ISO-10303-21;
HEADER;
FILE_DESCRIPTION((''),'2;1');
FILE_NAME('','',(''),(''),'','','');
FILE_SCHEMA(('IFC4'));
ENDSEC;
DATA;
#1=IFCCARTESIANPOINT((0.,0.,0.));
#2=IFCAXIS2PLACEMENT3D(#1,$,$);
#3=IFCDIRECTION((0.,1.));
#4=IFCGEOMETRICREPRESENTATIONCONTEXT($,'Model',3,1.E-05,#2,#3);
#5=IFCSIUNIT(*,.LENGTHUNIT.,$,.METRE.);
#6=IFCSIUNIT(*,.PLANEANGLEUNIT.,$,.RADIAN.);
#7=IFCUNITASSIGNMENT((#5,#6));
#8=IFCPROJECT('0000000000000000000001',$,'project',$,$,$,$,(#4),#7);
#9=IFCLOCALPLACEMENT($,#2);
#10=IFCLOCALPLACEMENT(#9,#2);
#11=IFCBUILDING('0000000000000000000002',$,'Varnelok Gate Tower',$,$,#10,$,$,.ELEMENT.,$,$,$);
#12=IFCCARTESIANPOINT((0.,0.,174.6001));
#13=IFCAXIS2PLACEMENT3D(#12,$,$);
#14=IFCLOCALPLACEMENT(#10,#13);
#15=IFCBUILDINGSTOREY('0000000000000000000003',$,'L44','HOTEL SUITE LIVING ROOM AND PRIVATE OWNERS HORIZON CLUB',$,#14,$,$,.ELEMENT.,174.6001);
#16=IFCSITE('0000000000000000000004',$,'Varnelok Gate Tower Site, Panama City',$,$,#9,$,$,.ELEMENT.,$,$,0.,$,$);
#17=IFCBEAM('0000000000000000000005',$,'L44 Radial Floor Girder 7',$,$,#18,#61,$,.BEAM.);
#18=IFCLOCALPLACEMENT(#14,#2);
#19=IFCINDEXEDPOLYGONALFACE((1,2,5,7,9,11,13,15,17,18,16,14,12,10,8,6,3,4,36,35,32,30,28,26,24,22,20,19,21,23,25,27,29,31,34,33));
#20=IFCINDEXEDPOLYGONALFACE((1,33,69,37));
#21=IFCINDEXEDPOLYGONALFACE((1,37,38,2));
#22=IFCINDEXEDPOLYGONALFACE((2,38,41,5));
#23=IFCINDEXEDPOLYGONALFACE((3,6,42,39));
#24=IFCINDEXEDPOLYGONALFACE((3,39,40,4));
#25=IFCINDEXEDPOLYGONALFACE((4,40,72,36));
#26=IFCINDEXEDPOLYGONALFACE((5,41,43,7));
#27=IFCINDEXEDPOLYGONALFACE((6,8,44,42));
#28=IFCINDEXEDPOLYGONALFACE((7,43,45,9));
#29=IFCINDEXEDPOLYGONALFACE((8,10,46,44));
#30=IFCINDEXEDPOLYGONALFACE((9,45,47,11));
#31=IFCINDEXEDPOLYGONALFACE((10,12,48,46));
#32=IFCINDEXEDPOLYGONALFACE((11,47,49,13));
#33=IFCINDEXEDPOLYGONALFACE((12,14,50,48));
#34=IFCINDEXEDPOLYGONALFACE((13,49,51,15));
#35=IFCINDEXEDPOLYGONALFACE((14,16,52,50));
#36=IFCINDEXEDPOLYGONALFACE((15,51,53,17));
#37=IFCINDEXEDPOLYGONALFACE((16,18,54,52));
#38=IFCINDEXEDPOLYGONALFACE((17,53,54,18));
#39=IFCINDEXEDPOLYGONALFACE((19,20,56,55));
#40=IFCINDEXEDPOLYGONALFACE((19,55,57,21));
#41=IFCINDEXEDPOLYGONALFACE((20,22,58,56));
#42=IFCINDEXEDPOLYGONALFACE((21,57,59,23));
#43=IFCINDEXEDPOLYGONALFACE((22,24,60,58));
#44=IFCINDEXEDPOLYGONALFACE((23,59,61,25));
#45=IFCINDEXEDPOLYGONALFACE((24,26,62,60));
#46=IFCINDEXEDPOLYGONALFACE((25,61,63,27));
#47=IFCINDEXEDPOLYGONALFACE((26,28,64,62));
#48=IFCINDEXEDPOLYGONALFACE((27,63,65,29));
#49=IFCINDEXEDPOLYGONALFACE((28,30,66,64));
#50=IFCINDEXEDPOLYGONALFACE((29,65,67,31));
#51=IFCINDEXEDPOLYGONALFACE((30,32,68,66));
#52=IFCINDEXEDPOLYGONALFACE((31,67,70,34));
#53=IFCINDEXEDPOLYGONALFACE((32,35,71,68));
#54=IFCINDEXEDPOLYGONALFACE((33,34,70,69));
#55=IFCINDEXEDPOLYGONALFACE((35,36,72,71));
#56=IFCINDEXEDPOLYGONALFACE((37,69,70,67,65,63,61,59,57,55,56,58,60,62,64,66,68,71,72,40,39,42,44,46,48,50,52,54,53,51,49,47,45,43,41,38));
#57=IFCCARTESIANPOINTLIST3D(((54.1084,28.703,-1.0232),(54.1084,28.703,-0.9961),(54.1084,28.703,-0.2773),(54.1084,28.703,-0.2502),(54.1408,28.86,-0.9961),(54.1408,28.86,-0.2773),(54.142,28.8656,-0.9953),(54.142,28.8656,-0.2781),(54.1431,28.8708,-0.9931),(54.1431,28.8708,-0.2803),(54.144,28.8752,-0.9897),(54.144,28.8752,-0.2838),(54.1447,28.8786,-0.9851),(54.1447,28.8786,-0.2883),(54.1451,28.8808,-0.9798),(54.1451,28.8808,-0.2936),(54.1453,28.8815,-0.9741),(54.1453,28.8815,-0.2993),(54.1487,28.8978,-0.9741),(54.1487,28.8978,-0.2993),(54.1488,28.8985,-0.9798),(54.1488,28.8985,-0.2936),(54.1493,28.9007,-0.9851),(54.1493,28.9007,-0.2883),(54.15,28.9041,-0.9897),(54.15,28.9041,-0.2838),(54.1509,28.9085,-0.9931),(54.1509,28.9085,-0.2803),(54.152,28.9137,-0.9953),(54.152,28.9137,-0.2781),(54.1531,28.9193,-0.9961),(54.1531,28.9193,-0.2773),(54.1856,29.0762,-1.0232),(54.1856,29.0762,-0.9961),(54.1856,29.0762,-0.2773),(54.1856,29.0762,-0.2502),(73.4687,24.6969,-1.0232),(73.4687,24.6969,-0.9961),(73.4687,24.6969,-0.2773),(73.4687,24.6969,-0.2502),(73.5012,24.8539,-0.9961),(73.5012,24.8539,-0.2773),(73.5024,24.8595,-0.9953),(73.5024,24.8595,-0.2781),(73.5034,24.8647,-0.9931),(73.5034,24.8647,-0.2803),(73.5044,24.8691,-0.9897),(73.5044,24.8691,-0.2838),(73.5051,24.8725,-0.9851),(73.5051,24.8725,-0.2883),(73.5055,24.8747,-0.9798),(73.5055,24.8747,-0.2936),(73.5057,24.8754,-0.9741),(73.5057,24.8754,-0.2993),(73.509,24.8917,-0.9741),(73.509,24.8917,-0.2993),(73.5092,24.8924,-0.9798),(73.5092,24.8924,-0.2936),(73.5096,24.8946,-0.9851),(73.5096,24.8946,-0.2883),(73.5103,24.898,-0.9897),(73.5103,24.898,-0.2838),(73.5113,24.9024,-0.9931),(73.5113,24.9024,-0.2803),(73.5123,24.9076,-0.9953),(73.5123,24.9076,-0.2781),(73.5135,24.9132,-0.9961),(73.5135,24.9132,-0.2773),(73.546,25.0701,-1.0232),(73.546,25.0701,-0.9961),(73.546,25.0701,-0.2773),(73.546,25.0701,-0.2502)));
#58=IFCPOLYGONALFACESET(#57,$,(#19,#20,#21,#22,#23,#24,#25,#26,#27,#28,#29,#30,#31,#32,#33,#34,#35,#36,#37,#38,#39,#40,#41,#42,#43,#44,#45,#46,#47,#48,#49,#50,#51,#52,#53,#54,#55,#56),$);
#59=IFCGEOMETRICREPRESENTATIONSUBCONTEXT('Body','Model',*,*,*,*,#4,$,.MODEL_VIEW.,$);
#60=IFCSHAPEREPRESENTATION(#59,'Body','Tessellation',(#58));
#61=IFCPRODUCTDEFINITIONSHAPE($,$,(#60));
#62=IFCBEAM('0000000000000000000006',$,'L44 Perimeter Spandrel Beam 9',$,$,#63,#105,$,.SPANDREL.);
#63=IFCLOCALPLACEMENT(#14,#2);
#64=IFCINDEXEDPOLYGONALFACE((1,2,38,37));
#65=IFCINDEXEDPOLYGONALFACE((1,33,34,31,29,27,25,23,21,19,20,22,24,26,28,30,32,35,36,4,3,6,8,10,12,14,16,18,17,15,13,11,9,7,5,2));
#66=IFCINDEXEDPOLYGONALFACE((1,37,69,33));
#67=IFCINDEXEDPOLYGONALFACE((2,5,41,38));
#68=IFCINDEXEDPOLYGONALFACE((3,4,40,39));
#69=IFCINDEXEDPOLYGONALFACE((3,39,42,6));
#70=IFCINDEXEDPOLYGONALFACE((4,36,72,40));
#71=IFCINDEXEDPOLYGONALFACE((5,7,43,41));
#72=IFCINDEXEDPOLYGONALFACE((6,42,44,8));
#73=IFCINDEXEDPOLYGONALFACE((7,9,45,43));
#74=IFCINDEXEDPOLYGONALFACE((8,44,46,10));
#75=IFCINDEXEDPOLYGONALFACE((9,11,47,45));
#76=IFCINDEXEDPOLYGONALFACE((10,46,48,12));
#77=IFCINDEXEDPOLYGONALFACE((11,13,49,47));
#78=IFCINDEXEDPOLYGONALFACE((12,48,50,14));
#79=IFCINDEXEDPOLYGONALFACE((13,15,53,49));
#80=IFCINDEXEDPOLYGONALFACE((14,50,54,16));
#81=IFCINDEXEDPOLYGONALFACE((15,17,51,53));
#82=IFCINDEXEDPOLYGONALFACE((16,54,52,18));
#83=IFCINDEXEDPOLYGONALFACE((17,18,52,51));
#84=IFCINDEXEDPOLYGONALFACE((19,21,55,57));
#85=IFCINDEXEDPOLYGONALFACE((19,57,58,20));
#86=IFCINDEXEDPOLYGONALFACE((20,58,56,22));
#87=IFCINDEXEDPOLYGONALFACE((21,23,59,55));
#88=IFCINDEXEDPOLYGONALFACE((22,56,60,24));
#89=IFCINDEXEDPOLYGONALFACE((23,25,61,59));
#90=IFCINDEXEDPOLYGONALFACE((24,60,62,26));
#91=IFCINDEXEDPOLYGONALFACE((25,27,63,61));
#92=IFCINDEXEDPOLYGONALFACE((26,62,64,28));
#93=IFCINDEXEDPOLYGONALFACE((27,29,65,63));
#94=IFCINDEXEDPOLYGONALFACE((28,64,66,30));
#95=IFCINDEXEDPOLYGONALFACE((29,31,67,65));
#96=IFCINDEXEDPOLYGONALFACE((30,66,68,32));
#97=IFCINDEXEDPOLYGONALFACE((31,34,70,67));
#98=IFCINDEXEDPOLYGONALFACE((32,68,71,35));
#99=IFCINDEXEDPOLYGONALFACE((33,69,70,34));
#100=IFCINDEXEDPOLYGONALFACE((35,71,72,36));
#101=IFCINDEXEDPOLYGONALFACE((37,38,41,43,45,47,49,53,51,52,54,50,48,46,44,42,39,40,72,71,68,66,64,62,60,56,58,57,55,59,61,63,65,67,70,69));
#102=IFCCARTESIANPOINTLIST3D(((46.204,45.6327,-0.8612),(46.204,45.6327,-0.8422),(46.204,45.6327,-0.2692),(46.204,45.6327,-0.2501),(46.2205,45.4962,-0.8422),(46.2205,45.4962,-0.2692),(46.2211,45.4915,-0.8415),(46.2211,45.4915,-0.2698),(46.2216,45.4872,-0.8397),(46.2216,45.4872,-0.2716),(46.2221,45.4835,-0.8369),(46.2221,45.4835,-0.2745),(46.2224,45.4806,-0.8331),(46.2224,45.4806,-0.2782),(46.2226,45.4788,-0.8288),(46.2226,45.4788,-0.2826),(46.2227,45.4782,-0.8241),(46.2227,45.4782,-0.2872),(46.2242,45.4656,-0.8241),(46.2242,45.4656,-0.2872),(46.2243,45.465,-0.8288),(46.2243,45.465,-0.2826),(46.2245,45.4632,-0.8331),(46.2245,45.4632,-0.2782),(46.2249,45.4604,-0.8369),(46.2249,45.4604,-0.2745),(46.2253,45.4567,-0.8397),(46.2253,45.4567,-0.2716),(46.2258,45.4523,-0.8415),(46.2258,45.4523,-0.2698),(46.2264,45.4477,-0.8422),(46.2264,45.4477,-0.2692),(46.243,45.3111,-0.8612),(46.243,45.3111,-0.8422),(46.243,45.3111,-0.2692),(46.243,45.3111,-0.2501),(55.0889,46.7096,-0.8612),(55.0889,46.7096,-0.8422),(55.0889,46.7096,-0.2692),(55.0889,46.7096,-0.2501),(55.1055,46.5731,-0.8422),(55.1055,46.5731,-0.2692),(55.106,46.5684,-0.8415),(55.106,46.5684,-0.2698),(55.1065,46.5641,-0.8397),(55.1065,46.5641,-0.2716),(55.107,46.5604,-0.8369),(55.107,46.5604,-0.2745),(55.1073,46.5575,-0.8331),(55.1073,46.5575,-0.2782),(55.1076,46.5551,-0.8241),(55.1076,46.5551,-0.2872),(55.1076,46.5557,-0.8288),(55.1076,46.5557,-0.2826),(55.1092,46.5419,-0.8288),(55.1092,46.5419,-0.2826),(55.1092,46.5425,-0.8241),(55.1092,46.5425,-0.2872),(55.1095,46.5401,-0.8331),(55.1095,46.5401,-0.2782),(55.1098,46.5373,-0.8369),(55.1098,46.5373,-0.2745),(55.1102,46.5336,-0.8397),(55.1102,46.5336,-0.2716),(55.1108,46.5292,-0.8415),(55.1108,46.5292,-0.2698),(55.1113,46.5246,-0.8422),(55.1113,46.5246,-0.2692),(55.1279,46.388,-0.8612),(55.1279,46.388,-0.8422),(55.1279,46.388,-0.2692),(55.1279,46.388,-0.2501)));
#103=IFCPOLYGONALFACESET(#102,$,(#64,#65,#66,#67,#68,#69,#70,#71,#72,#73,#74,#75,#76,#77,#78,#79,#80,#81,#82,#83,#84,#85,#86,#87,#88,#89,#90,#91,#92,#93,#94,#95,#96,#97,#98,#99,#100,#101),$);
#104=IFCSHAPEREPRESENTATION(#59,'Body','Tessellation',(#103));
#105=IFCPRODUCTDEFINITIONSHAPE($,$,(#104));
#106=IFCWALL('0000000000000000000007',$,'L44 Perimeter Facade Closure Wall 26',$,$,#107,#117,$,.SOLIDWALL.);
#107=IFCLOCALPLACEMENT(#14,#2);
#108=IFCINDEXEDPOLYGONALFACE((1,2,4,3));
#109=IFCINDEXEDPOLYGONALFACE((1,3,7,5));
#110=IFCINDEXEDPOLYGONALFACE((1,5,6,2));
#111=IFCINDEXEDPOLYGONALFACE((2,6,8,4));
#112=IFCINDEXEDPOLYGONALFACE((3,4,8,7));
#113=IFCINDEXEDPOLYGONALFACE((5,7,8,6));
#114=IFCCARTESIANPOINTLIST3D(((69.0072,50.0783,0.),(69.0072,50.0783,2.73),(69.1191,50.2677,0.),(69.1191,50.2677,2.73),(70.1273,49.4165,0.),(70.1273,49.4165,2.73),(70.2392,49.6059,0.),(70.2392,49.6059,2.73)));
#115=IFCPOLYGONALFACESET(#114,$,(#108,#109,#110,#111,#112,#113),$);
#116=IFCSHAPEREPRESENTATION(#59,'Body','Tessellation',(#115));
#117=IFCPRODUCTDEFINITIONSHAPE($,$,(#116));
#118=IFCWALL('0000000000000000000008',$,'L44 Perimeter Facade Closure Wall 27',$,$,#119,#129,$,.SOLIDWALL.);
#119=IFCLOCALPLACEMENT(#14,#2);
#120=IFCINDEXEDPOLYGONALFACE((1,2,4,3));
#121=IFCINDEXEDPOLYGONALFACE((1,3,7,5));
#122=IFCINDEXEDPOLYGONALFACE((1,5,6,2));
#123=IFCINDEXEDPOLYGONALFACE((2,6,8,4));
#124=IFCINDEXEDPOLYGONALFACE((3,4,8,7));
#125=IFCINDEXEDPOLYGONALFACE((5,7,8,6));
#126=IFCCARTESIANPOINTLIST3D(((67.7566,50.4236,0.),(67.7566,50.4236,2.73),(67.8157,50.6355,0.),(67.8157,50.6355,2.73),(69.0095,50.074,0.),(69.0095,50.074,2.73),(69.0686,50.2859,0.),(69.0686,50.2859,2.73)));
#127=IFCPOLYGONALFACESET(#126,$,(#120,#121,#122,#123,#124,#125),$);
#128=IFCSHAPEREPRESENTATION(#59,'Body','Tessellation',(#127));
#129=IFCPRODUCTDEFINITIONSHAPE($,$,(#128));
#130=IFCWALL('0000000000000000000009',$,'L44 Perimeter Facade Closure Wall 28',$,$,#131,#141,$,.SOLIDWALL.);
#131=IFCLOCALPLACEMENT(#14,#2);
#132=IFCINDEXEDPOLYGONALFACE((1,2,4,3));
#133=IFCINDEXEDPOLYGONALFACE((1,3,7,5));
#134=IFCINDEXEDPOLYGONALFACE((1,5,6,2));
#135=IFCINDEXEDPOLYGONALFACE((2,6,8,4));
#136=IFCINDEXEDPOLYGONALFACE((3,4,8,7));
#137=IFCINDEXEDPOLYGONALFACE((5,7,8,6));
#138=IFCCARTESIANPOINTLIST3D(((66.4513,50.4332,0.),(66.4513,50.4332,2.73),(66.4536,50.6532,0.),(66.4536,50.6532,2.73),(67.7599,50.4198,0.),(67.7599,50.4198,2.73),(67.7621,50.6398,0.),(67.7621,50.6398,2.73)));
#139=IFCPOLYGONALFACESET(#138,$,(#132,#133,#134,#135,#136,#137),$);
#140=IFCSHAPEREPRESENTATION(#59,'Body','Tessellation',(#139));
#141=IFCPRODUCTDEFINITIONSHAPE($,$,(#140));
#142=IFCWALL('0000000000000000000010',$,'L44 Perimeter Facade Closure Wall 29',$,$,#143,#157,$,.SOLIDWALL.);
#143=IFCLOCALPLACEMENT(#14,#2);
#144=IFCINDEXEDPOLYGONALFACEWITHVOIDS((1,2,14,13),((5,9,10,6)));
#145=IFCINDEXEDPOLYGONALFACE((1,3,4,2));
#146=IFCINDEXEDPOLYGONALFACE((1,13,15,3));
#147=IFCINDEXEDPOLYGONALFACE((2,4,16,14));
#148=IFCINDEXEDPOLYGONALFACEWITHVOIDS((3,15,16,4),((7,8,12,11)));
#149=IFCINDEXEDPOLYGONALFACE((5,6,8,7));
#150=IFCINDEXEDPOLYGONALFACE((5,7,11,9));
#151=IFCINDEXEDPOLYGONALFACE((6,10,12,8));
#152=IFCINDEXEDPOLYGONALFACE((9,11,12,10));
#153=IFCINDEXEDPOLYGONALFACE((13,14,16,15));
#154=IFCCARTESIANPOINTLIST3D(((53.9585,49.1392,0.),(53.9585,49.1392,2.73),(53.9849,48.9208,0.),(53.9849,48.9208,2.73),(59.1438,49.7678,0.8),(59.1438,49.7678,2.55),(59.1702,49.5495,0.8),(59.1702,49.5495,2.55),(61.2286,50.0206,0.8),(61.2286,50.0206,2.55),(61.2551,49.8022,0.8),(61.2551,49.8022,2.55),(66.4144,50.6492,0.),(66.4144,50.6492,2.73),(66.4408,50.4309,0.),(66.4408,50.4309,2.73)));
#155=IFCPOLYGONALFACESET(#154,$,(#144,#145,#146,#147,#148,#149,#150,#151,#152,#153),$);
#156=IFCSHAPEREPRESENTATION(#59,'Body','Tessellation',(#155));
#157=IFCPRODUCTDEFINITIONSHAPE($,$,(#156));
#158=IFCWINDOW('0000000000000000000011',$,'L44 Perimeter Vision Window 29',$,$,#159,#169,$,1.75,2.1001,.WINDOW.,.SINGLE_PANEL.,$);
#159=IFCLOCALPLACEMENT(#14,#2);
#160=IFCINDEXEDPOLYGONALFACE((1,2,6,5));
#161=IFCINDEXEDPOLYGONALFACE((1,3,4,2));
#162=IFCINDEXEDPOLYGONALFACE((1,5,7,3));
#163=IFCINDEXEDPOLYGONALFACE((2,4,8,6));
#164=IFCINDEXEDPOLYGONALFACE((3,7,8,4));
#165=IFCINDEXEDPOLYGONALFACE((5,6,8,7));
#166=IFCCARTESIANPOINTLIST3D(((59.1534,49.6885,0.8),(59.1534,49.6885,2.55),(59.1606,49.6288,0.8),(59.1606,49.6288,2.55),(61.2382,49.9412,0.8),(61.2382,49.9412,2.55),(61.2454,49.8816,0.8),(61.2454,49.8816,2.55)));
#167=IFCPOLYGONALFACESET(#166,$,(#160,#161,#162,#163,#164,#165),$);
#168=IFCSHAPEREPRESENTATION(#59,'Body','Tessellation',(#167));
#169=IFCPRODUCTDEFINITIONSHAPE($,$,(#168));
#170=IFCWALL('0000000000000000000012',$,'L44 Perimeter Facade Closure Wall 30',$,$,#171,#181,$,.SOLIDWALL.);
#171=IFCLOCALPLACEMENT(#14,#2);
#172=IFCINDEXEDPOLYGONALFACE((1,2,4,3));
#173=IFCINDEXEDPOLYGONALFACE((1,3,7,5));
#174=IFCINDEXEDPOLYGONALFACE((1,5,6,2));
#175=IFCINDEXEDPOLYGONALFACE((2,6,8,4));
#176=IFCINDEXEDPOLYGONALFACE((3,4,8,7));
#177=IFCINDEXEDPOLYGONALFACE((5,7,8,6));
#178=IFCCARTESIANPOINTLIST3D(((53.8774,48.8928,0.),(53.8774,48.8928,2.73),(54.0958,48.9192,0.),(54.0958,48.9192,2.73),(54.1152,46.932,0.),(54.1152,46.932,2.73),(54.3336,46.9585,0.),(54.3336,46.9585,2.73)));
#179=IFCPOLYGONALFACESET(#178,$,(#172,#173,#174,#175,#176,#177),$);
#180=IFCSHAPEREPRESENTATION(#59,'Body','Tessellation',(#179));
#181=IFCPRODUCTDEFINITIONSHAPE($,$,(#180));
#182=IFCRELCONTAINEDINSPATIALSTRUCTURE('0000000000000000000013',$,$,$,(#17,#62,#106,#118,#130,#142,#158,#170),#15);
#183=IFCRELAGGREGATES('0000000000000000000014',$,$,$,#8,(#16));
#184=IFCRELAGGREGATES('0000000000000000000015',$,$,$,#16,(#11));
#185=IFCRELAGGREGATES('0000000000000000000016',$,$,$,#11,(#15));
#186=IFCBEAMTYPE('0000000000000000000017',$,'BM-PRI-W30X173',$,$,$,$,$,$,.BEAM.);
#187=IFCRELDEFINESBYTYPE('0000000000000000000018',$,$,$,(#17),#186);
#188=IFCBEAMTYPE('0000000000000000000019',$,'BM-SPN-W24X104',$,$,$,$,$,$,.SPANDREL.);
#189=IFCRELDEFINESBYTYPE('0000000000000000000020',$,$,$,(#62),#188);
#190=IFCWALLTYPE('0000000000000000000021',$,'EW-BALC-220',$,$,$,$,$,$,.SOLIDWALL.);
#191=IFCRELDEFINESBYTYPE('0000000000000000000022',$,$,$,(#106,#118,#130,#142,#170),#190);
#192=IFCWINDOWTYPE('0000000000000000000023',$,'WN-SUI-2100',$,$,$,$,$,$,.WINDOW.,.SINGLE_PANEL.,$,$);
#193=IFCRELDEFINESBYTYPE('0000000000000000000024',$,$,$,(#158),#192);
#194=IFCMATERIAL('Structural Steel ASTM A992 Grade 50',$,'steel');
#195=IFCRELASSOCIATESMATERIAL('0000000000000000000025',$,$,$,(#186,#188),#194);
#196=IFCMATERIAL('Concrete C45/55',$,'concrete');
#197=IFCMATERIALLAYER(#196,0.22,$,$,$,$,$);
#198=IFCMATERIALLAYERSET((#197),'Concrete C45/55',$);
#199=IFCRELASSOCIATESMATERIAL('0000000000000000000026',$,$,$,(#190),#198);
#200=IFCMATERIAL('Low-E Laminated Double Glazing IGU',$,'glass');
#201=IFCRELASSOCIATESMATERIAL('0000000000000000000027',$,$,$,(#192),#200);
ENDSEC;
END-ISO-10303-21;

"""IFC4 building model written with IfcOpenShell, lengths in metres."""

from ifc_helpers import new_model, si_unit, direction, frame, frame_2d, origin, origin_2d, place, context, subcontext, project, spatial, rectangle, i_section, extrude, material, layer, layer_set, material_profile, profile_set, type_object, element, fill, save


model = new_model("IFC4")

# Units and contexts
model_context = context("Model", 3, precision=1e-05, world=origin(), true_north=direction((0.0, 1.0)))
body_context = subcontext(model_context, "Body", "Model", "MODEL_VIEW")
ifc_project = project(units=[si_unit("LENGTHUNIT", "METRE"), si_unit("PLANEANGLEUNIT", "RADIAN")], contexts=[model_context])

# Site, building, storey
site_placement = place(None, origin())
site = spatial("IfcSite", under=ifc_project, at=site_placement, Name="Varnelok Gate Tower Site, Panama City", CompositionType="ELEMENT", RefElevation=0.0)
building_placement = place(site_placement, origin())
building = spatial("IfcBuilding", under=site, at=building_placement, Name="Varnelok Gate Tower", CompositionType="ELEMENT")
storey_placement = place(building_placement, frame((0.0, 0.0, 174.6001)))
storey = spatial("IfcBuildingStorey", under=building, at=storey_placement, Name="L44", Description="HOTEL SUITE LIVING ROOM AND PRIVATE OWNERS HORIZON CLUB", CompositionType="ELEMENT", Elevation=174.6001)

# Shared definitions
ifc_material_1 = material(Name="Structural Steel ASTM A992 Grade 50", Category="steel")

# Beams
ifc_material_profile_1 = material_profile(ifc_material_1, i_section(OverallWidth=0.3811, OverallDepth=0.7729, WebThickness=0.0166, FlangeThickness=0.0271, FilletRadius=0.022, at=origin_2d()), Name="W30X173")
ifc_profile_set_1 = profile_set([ifc_material_profile_1], Name="Structural Steel ASTM A992 Grade 50")
beam_type_1 = type_object("IfcBeamType", Name="BM-PRI-W30X173", PredefinedType="BEAM", material=ifc_profile_set_1)
beam_1_placement = place(storey_placement, frame((54.147, 28.8896, -0.6367), z_axis=(0.979255, -0.202631, 0.0), x_axis=(0.202631, 0.979255, 0.0)))
element("IfcBeam", 1, at=beam_1_placement, inside=storey, type_object=beam_type_1, Name="L44 Radial Floor Girder 7", PredefinedType="BEAM", context=body_context, shape_type="SweptSolid", body=[
    extrude(i_section(OverallWidth=0.3811, OverallDepth=0.7729, WebThickness=0.0166, FlangeThickness=0.0271, FilletRadius=0.022, at=origin_2d()), origin(), (0.0, 0.0, 1.0), 19.7705),
])
ifc_material_profile_2 = material_profile(ifc_material_1, i_section(OverallWidth=0.324, OverallDepth=0.6111, WebThickness=0.0127, FlangeThickness=0.019, FilletRadius=0.0181, at=origin_2d()), Name="W24X104")
ifc_profile_set_2 = profile_set([ifc_material_profile_2], Name="Structural Steel ASTM A992 Grade 50")
beam_type_2 = type_object("IfcBeamType", Name="BM-SPN-W24X104", PredefinedType="SPANDREL", material=ifc_profile_set_2)
beam_2_placement = place(storey_placement, frame((55.1084, 46.5488, -0.5557), z_axis=(-0.992735, -0.120324, 0.0), x_axis=(0.120324, -0.992735, 0.0)))
element("IfcBeam", 2, at=beam_2_placement, inside=storey, type_object=beam_type_2, Name="L44 Perimeter Spandrel Beam 9", PredefinedType="SPANDREL", context=body_context, shape_type="SweptSolid", body=[
    extrude(i_section(OverallWidth=0.324, OverallDepth=0.6111, WebThickness=0.0127, FlangeThickness=0.019, FilletRadius=0.0181, at=origin_2d()), origin(), (0.0, 0.0, 1.0), 8.95),
])

# Walls
ifc_material_2 = material(Name="Concrete C45/55", Category="concrete")
ifc_layer_1 = layer(ifc_material_2, 0.22)
ifc_layer_set_1 = layer_set([ifc_layer_1], Name="Concrete C45/55")
wall_type_1 = type_object("IfcWallType", Name="EW-BALC-220", PredefinedType="SOLIDWALL", material=ifc_layer_set_1)
wall_1_placement = place(storey_placement, frame((70.1831, 49.5112, 0.0), z_axis=(0.0, 0.0, 1.0), x_axis=(-0.860934, 0.508717, 0.0)))
element("IfcWall", 3, at=wall_1_placement, inside=storey, type_object=wall_type_1, Name="L44 Perimeter Facade Closure Wall 26", PredefinedType="SOLIDWALL", context=body_context, shape_type="SweptSolid", body=[
    extrude(rectangle(XDim=1.301, YDim=0.22, at=frame_2d((0.6504, 0.0))), origin(), (0.0, 0.0, 1.0), 2.73),
])
wall_2_placement = place(storey_placement, frame((69.0391, 50.1799, 0.0), z_axis=(0.0, 0.0, 1.0), x_axis=(-0.963205, 0.268767, 0.0)))
element("IfcWall", 4, at=wall_2_placement, inside=storey, type_object=wall_type_1, Name="L44 Perimeter Facade Closure Wall 27", PredefinedType="SOLIDWALL", context=body_context, shape_type="SweptSolid", body=[
    extrude(rectangle(XDim=1.3008, YDim=0.22, at=frame_2d((0.6504, 0.0))), origin(), (0.0, 0.0, 1.0), 2.73),
])
wall_3_placement = place(storey_placement, frame((67.761, 50.5298, 0.0), z_axis=(0.0, 0.0, 1.0), x_axis=(-0.999947, 0.010261, 0.0)))
element("IfcWall", 5, at=wall_3_placement, inside=storey, type_object=wall_type_1, Name="L44 Perimeter Facade Closure Wall 28", PredefinedType="SOLIDWALL", context=body_context, shape_type="SweptSolid", body=[
    extrude(rectangle(XDim=1.3086, YDim=0.22, at=frame_2d((0.6543, 0.0))), origin(), (0.0, 0.0, 1.0), 2.73),
])

# Wall, opening, window
wall_4_placement = place(storey_placement, frame((66.4275, 50.54, 0.0), z_axis=(0.0, 0.0, 1.0), x_axis=(-0.992732, -0.120348, 0.0)))
wall_4 = element("IfcWall", 6, at=wall_4_placement, inside=storey, type_object=wall_type_1, Name="L44 Perimeter Facade Closure Wall 29", PredefinedType="SOLIDWALL", context=body_context, shape_type="SweptSolid", body=[
    extrude(rectangle(XDim=12.5471, YDim=0.22, at=frame_2d((6.2734, 0.0))), origin(), (0.0, 0.0, 1.0), 2.73),
])
opening_1_placement = place(wall_4_placement, frame((5.2236, 0.0, 0.8)))
opening_1 = element("IfcOpeningElement", 7, at=opening_1_placement, cuts=wall_4, PredefinedType="OPENING", context=body_context, shape_type="SweptSolid", body=[
    extrude(rectangle(XDim=2.1001, YDim=1.75, at=frame_2d((1.05, 0.875))), frame((0.0, 0.1199, 0.0), z_axis=(0.0, -1.0, 0.0), x_axis=(1.0, 0.0, 0.0)), (0.0, 0.0, 1.0), 0.24),
])
ifc_material_3 = material(Name="Low-E Laminated Double Glazing IGU", Category="glass")
window_type = type_object("IfcWindowType", Name="WN-SUI-2100", PartitioningType="SINGLE_PANEL", PredefinedType="WINDOW", material=ifc_material_3)
window_placement = place(opening_1_placement, origin())
window = element("IfcWindow", 8, at=window_placement, inside=storey, type_object=window_type, Name="L44 Perimeter Vision Window 29", OverallHeight=1.75, OverallWidth=2.1001, PartitioningType="SINGLE_PANEL", PredefinedType="WINDOW", context=body_context, shape_type="SweptSolid", body=[
    extrude(rectangle(XDim=2.1001, YDim=1.75, at=frame_2d((1.05, 0.875))), frame((0.0, 0.03, 0.0), z_axis=(0.0, -1.0, 0.0), x_axis=(1.0, 0.0, 0.0)), (0.0, 0.0, 1.0), 0.0601),
])
fill(opening_1, window)

# Wall
wall_5_placement = place(storey_placement, frame((53.9866, 48.906, 0.0), z_axis=(0.0, 0.0, 1.0), x_axis=(0.120398, -0.992726, 0.0)))
element("IfcWall", 9, at=wall_5_placement, inside=storey, type_object=wall_type_1, Name="L44 Perimeter Facade Closure Wall 30", PredefinedType="SOLIDWALL", context=body_context, shape_type="SweptSolid", body=[
    extrude(rectangle(XDim=1.9751, YDim=0.22, at=frame_2d((0.9875, 0.0))), origin(), (0.0, 0.0, 1.0), 2.73),
])

save(model, "model.ifc")
